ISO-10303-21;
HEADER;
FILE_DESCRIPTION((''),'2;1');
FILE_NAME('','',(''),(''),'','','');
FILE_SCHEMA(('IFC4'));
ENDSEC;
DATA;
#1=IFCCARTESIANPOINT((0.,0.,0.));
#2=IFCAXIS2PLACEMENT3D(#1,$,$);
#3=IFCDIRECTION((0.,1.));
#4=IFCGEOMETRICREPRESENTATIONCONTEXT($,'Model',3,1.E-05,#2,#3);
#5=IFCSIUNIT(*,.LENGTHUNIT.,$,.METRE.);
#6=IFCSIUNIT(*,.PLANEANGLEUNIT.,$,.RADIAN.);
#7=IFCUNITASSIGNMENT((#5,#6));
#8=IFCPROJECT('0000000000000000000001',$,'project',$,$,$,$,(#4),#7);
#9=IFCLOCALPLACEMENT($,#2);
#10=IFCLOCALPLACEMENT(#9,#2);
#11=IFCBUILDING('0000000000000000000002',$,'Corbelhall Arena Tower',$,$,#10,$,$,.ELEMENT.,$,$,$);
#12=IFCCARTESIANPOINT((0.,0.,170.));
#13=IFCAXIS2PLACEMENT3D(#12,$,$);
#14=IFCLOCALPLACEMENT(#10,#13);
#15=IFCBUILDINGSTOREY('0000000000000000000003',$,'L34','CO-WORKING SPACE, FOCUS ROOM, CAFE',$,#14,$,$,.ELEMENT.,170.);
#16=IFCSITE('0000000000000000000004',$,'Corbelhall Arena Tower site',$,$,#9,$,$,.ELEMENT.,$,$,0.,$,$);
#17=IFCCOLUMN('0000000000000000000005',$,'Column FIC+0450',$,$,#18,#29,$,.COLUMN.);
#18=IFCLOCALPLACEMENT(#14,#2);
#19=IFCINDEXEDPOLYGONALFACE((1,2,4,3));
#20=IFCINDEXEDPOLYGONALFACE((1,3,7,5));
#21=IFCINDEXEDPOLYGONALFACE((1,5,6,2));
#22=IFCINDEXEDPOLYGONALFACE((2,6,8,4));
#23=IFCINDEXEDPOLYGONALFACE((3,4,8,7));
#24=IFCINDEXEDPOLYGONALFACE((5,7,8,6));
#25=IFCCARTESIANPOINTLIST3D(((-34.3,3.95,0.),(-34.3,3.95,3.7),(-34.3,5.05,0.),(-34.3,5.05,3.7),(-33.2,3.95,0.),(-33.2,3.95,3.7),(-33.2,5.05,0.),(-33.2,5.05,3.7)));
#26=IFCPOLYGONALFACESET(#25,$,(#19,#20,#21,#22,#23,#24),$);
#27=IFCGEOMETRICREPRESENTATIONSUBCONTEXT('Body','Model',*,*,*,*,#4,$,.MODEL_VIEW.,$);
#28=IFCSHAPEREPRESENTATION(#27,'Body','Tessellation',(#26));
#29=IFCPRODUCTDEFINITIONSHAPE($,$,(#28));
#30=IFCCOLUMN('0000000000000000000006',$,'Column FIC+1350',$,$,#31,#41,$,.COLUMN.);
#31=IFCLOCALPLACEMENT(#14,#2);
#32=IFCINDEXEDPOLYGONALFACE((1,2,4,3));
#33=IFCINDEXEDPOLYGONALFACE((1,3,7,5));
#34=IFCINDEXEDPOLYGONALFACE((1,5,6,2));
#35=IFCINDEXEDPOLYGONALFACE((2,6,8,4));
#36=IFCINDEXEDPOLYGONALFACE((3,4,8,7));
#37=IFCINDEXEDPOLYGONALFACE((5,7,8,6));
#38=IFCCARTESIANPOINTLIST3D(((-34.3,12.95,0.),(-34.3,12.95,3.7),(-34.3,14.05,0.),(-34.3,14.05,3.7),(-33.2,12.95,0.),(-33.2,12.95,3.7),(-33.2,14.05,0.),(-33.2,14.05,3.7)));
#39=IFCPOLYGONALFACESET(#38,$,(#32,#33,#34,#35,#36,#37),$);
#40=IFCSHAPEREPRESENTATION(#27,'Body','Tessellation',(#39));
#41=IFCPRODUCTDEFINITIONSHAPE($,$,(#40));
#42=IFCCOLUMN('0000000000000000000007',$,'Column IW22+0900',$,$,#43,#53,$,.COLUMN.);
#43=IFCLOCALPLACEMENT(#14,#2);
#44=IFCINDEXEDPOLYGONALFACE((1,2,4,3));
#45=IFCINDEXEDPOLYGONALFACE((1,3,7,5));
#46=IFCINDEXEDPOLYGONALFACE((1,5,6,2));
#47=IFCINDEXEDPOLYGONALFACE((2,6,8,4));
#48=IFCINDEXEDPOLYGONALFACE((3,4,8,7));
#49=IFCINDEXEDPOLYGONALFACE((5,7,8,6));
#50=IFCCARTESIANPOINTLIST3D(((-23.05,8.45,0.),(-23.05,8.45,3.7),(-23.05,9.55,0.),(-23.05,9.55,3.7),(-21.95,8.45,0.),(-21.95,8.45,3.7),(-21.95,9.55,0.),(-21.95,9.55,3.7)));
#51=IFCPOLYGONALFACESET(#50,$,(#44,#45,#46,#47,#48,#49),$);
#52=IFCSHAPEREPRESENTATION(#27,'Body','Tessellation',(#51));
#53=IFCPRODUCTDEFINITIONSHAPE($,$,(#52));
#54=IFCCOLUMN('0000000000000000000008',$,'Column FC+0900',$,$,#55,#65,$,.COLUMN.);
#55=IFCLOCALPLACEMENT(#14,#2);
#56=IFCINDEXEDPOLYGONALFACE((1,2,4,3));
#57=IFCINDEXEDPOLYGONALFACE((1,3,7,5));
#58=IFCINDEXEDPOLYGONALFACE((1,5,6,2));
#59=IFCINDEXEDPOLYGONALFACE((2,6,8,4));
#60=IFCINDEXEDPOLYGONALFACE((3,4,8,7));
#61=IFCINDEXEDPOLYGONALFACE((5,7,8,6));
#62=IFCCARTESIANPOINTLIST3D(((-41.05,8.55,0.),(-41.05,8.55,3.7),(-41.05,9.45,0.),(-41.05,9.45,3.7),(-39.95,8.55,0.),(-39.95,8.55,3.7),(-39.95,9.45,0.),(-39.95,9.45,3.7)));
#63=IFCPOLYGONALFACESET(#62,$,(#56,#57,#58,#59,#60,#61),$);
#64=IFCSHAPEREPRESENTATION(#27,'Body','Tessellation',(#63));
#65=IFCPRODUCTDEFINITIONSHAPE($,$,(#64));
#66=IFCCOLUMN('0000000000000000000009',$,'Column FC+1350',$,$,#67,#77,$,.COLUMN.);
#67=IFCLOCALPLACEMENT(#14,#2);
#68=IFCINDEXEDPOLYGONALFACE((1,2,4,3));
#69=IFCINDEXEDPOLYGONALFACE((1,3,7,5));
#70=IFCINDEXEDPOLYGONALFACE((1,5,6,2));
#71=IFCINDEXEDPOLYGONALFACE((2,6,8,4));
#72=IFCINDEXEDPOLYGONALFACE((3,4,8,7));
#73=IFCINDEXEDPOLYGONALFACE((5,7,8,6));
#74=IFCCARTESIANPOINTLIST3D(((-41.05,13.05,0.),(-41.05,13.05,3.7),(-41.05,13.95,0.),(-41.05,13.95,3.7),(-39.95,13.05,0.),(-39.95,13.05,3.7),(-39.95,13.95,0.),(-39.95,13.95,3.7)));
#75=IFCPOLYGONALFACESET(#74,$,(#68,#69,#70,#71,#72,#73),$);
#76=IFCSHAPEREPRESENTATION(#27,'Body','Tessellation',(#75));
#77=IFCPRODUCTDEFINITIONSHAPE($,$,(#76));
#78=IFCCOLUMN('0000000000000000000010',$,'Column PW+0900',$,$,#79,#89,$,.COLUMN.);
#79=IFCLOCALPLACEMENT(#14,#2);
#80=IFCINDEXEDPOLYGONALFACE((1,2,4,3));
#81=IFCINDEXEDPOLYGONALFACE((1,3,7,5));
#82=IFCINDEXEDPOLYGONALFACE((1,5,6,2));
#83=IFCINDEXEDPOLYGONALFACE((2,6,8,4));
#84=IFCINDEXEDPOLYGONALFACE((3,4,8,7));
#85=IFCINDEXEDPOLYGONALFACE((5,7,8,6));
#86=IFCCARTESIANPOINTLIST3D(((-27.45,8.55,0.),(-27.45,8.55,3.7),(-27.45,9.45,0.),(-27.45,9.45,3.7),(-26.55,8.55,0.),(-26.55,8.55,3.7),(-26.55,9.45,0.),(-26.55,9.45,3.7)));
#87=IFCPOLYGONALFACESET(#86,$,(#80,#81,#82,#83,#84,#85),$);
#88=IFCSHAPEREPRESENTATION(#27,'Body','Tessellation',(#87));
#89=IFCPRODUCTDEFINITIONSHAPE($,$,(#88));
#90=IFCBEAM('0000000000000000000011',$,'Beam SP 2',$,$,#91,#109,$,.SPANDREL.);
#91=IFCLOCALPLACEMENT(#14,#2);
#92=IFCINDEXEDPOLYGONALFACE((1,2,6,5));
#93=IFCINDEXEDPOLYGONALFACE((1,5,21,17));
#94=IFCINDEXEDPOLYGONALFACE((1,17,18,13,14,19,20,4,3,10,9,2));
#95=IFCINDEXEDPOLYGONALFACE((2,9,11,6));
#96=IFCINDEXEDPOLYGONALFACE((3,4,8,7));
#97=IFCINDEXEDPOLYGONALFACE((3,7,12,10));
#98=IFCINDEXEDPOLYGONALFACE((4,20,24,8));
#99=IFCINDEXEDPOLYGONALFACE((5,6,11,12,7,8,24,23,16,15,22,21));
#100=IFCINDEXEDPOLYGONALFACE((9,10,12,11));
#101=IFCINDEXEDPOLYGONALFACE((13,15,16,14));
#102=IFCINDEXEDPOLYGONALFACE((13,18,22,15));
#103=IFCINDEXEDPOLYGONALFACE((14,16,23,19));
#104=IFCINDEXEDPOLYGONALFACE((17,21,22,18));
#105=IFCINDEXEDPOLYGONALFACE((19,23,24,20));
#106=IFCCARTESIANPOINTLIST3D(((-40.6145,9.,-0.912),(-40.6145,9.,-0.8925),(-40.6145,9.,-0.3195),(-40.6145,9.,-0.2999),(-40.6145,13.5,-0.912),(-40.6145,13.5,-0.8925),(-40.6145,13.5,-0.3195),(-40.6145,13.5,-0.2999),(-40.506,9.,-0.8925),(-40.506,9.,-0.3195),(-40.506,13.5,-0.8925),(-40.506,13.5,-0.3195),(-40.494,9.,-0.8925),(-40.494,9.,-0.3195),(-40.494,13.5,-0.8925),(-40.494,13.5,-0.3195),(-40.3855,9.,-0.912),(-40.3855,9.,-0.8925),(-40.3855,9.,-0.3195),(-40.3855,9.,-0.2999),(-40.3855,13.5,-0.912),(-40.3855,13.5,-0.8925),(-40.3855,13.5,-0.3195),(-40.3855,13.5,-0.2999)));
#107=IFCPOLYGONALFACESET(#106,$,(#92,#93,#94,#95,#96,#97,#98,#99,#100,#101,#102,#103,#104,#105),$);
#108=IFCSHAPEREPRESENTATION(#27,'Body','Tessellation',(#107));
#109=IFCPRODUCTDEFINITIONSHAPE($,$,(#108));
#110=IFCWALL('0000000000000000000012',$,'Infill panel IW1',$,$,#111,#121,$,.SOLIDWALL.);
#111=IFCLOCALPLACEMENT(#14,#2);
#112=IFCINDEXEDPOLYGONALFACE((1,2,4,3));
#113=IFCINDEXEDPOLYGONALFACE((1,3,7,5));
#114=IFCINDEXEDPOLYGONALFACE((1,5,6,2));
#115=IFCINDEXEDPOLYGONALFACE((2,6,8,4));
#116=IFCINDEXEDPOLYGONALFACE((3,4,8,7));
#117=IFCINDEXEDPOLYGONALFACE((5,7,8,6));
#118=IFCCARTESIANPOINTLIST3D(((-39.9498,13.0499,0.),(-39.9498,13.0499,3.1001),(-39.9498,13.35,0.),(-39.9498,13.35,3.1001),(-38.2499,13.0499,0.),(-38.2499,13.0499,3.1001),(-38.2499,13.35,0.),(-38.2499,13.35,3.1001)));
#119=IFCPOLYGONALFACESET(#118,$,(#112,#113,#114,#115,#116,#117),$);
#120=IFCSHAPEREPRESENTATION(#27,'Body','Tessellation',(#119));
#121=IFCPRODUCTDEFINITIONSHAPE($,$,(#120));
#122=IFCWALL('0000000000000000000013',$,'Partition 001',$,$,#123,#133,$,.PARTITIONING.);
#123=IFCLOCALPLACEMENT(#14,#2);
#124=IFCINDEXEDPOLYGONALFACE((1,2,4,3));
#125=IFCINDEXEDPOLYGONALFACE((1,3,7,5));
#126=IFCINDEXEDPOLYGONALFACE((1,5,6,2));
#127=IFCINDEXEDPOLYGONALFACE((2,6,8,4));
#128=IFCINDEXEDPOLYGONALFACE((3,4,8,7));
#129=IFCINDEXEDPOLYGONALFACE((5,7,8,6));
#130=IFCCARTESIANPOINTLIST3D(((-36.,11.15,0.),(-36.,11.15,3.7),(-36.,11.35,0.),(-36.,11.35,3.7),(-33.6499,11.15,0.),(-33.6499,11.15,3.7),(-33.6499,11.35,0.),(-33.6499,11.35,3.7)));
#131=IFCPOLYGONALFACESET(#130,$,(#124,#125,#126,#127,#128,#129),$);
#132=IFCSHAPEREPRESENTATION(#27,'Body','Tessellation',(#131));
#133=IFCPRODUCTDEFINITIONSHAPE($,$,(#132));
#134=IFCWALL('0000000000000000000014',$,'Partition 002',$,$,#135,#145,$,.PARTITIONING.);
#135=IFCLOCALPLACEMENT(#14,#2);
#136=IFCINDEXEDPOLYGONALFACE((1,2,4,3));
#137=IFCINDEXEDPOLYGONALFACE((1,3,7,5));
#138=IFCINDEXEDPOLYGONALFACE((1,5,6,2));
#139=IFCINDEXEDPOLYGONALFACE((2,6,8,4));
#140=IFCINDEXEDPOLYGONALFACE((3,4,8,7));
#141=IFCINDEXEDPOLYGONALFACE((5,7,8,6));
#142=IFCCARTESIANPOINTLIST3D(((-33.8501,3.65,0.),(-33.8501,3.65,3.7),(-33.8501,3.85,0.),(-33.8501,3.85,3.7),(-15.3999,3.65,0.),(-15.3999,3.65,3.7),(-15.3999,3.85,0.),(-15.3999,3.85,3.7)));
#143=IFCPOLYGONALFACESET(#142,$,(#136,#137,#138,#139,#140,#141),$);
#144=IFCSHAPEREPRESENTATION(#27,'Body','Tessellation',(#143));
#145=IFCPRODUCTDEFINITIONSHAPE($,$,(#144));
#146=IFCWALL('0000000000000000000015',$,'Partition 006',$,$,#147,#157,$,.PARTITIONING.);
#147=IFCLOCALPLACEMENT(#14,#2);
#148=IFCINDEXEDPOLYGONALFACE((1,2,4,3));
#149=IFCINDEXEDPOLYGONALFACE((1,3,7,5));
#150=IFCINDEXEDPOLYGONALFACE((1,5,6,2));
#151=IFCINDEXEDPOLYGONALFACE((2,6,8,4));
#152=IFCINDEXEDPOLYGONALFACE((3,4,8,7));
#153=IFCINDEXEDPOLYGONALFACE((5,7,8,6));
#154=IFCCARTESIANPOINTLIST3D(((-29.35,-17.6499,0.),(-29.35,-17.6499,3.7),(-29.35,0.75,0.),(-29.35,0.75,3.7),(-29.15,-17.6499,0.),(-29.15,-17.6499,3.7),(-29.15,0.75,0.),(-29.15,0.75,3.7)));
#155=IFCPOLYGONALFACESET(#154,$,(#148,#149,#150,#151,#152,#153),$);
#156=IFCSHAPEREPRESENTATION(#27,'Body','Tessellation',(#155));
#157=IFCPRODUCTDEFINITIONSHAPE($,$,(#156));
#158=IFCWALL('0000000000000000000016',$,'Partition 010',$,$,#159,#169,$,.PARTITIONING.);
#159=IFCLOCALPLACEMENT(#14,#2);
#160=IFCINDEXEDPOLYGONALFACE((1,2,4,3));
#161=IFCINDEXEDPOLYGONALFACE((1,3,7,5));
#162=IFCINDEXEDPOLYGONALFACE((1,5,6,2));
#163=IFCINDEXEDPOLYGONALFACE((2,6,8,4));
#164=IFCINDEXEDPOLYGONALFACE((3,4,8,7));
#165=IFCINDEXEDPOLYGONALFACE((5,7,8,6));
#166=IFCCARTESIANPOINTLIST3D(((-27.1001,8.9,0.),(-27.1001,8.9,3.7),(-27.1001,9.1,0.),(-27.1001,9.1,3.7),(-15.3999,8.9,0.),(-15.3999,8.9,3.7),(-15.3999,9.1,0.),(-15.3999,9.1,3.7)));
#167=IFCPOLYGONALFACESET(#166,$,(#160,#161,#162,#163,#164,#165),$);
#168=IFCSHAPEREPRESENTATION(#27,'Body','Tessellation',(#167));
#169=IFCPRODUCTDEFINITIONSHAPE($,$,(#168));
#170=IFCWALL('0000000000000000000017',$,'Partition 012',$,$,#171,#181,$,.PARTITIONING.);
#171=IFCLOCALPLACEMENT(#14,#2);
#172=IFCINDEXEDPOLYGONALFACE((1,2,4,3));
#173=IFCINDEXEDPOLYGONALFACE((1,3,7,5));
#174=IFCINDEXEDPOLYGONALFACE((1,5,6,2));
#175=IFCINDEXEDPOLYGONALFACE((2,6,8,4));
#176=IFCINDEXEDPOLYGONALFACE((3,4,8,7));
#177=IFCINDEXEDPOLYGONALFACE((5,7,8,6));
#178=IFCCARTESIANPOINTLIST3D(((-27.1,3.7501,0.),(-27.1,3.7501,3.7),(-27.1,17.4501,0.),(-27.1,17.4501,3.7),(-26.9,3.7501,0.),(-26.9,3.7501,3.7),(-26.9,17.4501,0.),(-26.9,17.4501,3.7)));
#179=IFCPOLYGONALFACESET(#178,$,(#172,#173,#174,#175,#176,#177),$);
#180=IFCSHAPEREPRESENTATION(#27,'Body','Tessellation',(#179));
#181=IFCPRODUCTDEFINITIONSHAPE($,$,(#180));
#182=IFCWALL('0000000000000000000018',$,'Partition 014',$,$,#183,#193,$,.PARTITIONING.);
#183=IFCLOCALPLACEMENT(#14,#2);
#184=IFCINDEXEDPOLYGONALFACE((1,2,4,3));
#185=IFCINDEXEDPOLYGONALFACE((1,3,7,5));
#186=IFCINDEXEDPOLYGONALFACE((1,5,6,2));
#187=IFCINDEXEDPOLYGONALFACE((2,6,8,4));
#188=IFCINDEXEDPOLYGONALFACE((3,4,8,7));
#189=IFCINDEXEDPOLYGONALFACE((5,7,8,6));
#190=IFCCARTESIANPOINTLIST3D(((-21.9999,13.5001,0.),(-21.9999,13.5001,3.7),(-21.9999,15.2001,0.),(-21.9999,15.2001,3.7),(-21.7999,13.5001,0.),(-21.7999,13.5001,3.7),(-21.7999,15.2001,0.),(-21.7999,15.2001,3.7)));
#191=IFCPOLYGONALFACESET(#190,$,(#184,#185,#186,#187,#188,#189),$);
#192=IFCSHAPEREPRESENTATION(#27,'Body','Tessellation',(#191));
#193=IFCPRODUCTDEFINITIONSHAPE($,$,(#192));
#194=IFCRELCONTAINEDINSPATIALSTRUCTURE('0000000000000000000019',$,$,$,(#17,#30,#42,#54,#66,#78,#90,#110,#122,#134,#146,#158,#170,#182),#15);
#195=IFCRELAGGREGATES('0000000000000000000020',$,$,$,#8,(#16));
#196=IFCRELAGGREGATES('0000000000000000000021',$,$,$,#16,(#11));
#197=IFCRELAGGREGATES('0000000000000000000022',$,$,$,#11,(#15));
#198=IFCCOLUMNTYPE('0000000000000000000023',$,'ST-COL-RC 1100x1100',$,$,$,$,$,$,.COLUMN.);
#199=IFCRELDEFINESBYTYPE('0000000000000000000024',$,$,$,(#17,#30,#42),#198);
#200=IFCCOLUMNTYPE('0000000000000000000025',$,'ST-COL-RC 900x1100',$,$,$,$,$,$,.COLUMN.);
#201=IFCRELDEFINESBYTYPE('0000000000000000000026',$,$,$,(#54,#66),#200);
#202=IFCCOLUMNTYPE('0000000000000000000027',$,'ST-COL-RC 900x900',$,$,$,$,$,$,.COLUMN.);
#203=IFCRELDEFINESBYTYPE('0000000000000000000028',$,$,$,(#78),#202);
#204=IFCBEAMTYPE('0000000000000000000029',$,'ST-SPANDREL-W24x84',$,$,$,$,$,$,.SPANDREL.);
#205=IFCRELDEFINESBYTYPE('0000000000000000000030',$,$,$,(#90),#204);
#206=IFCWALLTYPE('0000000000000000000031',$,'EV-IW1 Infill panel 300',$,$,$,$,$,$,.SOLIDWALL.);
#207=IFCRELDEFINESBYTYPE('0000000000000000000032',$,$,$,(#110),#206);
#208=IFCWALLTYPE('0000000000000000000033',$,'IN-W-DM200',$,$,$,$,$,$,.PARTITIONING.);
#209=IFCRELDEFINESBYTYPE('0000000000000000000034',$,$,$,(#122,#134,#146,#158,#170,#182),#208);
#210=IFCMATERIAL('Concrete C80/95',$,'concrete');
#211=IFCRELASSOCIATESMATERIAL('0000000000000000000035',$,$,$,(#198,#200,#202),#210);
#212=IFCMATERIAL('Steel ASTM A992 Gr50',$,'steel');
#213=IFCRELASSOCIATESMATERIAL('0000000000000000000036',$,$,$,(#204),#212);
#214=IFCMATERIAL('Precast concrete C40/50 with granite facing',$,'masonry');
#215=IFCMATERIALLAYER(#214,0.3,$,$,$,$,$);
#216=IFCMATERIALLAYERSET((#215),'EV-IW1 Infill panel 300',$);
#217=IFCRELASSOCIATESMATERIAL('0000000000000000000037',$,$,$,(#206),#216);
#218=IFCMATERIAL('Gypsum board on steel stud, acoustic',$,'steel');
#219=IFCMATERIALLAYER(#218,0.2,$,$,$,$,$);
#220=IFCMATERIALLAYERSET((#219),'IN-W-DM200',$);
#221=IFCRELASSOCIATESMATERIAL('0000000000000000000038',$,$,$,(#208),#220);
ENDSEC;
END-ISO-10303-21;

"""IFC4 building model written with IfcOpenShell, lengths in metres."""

from ifc_helpers import new_model, si_unit, direction, frame, frame_2d, origin, origin_2d, place, context, subcontext, project, spatial, rectangle, i_section, extrude, material, layer, layer_set, material_profile, profile_set, type_object, element, save


model = new_model("IFC4")

# Units and contexts
model_context = context("Model", 3, precision=1e-05, world=origin(), true_north=direction((0.0, 1.0)))
body_context = subcontext(model_context, "Body", "Model", "MODEL_VIEW")
ifc_project = project(units=[si_unit("LENGTHUNIT", "METRE"), si_unit("PLANEANGLEUNIT", "RADIAN")], contexts=[model_context])

# Site, building, storey
site_placement = place(None, origin())
site = spatial("IfcSite", under=ifc_project, at=site_placement, Name="Corbelhall Arena Tower site", CompositionType="ELEMENT", RefElevation=0.0)
building_placement = place(site_placement, origin())
building = spatial("IfcBuilding", under=site, at=building_placement, Name="Corbelhall Arena Tower", CompositionType="ELEMENT")
storey_placement = place(building_placement, frame((0.0, 0.0, 170.0)))
storey = spatial("IfcBuildingStorey", under=building, at=storey_placement, Name="L34", Description="CO-WORKING SPACE, FOCUS ROOM, CAFE", CompositionType="ELEMENT", Elevation=170.0)

# Columns
ifc_material_1 = material(Name="Concrete C80/95", Category="concrete")
ifc_material_profile_1 = material_profile(ifc_material_1, rectangle(XDim=1.1001, YDim=1.1001, at=origin_2d()))
ifc_profile_set_1 = profile_set([ifc_material_profile_1], Name="Concrete C80/95")
column_type_1 = type_object("IfcColumnType", Name="ST-COL-RC 1100x1100", PredefinedType="COLUMN", material=ifc_profile_set_1)
for number, where, z_axis, x_axis, name in (
    (1, (-33.75, 4.5, 0.0), (0.0, 0.0, 1.0), (1.0, 0.0, 0.0), "Column FIC+0450"),
    (2, (-33.75, 13.5, 0.0), (0.0, 0.0, 1.0), (1.0, 0.0, 0.0), "Column FIC+1350"),
    (3, (-22.5, 9.0, 0.0), (0.0, 0.0, 1.0), (1.0, 0.0, 0.0), "Column IW22+0900"),
):
    element("IfcColumn", number, at=place(storey_placement, frame(where, z_axis=z_axis, x_axis=x_axis)), inside=storey, type_object=column_type_1, Name=name, PredefinedType="COLUMN", context=body_context, shape_type="SweptSolid", body=[
        extrude(rectangle(XDim=1.1001, YDim=1.1001, at=origin_2d()), origin(), (0.0, 0.0, 1.0), 3.7),
    ])
ifc_material_profile_2 = material_profile(ifc_material_1, rectangle(XDim=0.8999, YDim=1.1001, at=origin_2d()))
ifc_profile_set_2 = profile_set([ifc_material_profile_2], Name="Concrete C80/95")
column_type_2 = type_object("IfcColumnType", Name="ST-COL-RC 900x1100", PredefinedType="COLUMN", material=ifc_profile_set_2)
for number, where, z_axis, x_axis, name in (
    (4, (-40.5, 9.0, 0.0), (0.0, 0.0, 1.0), (0.0, 1.0, 0.0), "Column FC+0900"),
    (5, (-40.5, 13.5, 0.0), (0.0, 0.0, 1.0), (0.0, 1.0, 0.0), "Column FC+1350"),
):
    element("IfcColumn", number, at=place(storey_placement, frame(where, z_axis=z_axis, x_axis=x_axis)), inside=storey, type_object=column_type_2, Name=name, PredefinedType="COLUMN", context=body_context, shape_type="SweptSolid", body=[
        extrude(rectangle(XDim=0.8999, YDim=1.1001, at=origin_2d()), origin(), (0.0, 0.0, 1.0), 3.7),
    ])
ifc_material_profile_3 = material_profile(ifc_material_1, rectangle(XDim=0.8999, YDim=0.8999, at=origin_2d()))
ifc_profile_set_3 = profile_set([ifc_material_profile_3], Name="Concrete C80/95")
column_type_3 = type_object("IfcColumnType", Name="ST-COL-RC 900x900", PredefinedType="COLUMN", material=ifc_profile_set_3)
column_placement = place(storey_placement, frame((-27.0, 9.0, 0.0), z_axis=(0.0, 0.0, 1.0), x_axis=(1.0, 0.0, 0.0)))
element("IfcColumn", 6, at=column_placement, inside=storey, type_object=column_type_3, Name="Column PW+0900", PredefinedType="COLUMN", context=body_context, shape_type="SweptSolid", body=[
    extrude(rectangle(XDim=0.8999, YDim=0.8999, at=origin_2d()), origin(), (0.0, 0.0, 1.0), 3.7),
])

# Beam
ifc_material_2 = material(Name="Steel ASTM A992 Gr50", Category="steel")
ifc_material_profile_4 = material_profile(ifc_material_2, i_section(OverallWidth=0.229, OverallDepth=0.6121, WebThickness=0.012, FlangeThickness=0.0195, at=origin_2d()))
ifc_profile_set_4 = profile_set([ifc_material_profile_4], Name="Steel ASTM A992 Gr50")
beam_type = type_object("IfcBeamType", Name="ST-SPANDREL-W24x84", PredefinedType="SPANDREL", material=ifc_profile_set_4)
beam_placement = place(storey_placement, frame((-40.5, 9.0, -0.606), z_axis=(0.0, 1.0, 0.0), x_axis=(-1.0, 0.0, 0.0)))
element("IfcBeam", 7, at=beam_placement, inside=storey, type_object=beam_type, Name="Beam SP 2", PredefinedType="SPANDREL", context=body_context, shape_type="SweptSolid", body=[
    extrude(i_section(OverallWidth=0.229, OverallDepth=0.6121, WebThickness=0.012, FlangeThickness=0.0195, at=origin_2d()), origin(), (0.0, 0.0, 1.0), 4.5),
])

# Wall
ifc_material_3 = material(Name="Precast concrete C40/50 with granite facing", Category="masonry")
ifc_layer_1 = layer(ifc_material_3, 0.3)
ifc_layer_set_1 = layer_set([ifc_layer_1], Name="EV-IW1 Infill panel 300")
wall_type_1 = type_object("IfcWallType", Name="EV-IW1 Infill panel 300", PredefinedType="SOLIDWALL", material=ifc_layer_set_1)
wall_1_placement = place(storey_placement, frame((-39.95, 13.2, 0.0), z_axis=(0.0, 0.0, 1.0), x_axis=(1.0, 0.0, 0.0)))
element("IfcWall", 8, at=wall_1_placement, inside=storey, type_object=wall_type_1, Name="Infill panel IW1", PredefinedType="SOLIDWALL", context=body_context, shape_type="SweptSolid", body=[
    extrude(rectangle(XDim=1.7, YDim=0.3, at=frame_2d((0.8501, 0.0))), origin(), (0.0, 0.0, 1.0), 3.1001),
])

# Walls
ifc_material_4 = material(Name="Gypsum board on steel stud, acoustic", Category="steel")
ifc_layer_2 = layer(ifc_material_4, 0.2)
ifc_layer_set_2 = layer_set([ifc_layer_2], Name="IN-W-DM200")
wall_type_2 = type_object("IfcWallType", Name="IN-W-DM200", PredefinedType="PARTITIONING", material=ifc_layer_set_2)
wall_2_placement = place(storey_placement, frame((-36.0, 11.25, 0.0), z_axis=(0.0, 0.0, 1.0), x_axis=(1.0, 0.0, 0.0)))
element("IfcWall", 9, at=wall_2_placement, inside=storey, type_object=wall_type_2, Name="Partition 001", PredefinedType="PARTITIONING", context=body_context, shape_type="SweptSolid", body=[
    extrude(rectangle(XDim=2.3501, YDim=0.2, at=frame_2d((1.175, 0.0))), origin(), (0.0, 0.0, 1.0), 3.7),
])
wall_3_placement = place(storey_placement, frame((-33.8501, 3.75, 0.0), z_axis=(0.0, 0.0, 1.0), x_axis=(1.0, 0.0, 0.0)))
element("IfcWall", 10, at=wall_3_placement, inside=storey, type_object=wall_type_2, Name="Partition 002", PredefinedType="PARTITIONING", context=body_context, shape_type="SweptSolid", body=[
    extrude(rectangle(XDim=18.4502, YDim=0.2, at=frame_2d((9.2251, 0.0))), origin(), (0.0, 0.0, 1.0), 3.7),
])

# Walls
wall_4_placement = place(storey_placement, frame((-29.25, 0.75, 0.0), z_axis=(0.0, 0.0, 1.0), x_axis=(0.0, -1.0, 0.0)))
element("IfcWall", 11, at=wall_4_placement, inside=storey, type_object=wall_type_2, Name="Partition 006", PredefinedType="PARTITIONING", context=body_context, shape_type="SweptSolid", body=[
    extrude(rectangle(XDim=18.3999, YDim=0.2, at=frame_2d((9.2, 0.0))), origin(), (0.0, 0.0, 1.0), 3.7),
])
wall_5_placement = place(storey_placement, frame((-27.1001, 9.0, 0.0), z_axis=(0.0, 0.0, 1.0), x_axis=(1.0, 0.0, 0.0)))
element("IfcWall", 12, at=wall_5_placement, inside=storey, type_object=wall_type_2, Name="Partition 010", PredefinedType="PARTITIONING", context=body_context, shape_type="SweptSolid", body=[
    extrude(rectangle(XDim=11.7002, YDim=0.2, at=frame_2d((5.8501, 0.0))), origin(), (0.0, 0.0, 1.0), 3.7),
])
wall_6_placement = place(storey_placement, frame((-27.0, 3.75, 0.0), z_axis=(0.0, 0.0, 1.0), x_axis=(0.0, 1.0, 0.0)))
element("IfcWall", 13, at=wall_6_placement, inside=storey, type_object=wall_type_2, Name="Partition 012", PredefinedType="PARTITIONING", context=body_context, shape_type="SweptSolid", body=[
    extrude(rectangle(XDim=13.7, YDim=0.2, at=frame_2d((6.8501, 0.0))), origin(), (0.0, 0.0, 1.0), 3.7),
])
wall_7_placement = place(storey_placement, frame((-21.8999, 13.5, 0.0), z_axis=(0.0, 0.0, 1.0), x_axis=(0.0, 1.0, 0.0)))
element("IfcWall", 14, at=wall_7_placement, inside=storey, type_object=wall_type_2, Name="Partition 014", PredefinedType="PARTITIONING", context=body_context, shape_type="SweptSolid", body=[
    extrude(rectangle(XDim=1.7, YDim=0.2, at=frame_2d((0.8501, 0.0))), origin(), (0.0, 0.0, 1.0), 3.7),
])

save(model, "model.ifc")
